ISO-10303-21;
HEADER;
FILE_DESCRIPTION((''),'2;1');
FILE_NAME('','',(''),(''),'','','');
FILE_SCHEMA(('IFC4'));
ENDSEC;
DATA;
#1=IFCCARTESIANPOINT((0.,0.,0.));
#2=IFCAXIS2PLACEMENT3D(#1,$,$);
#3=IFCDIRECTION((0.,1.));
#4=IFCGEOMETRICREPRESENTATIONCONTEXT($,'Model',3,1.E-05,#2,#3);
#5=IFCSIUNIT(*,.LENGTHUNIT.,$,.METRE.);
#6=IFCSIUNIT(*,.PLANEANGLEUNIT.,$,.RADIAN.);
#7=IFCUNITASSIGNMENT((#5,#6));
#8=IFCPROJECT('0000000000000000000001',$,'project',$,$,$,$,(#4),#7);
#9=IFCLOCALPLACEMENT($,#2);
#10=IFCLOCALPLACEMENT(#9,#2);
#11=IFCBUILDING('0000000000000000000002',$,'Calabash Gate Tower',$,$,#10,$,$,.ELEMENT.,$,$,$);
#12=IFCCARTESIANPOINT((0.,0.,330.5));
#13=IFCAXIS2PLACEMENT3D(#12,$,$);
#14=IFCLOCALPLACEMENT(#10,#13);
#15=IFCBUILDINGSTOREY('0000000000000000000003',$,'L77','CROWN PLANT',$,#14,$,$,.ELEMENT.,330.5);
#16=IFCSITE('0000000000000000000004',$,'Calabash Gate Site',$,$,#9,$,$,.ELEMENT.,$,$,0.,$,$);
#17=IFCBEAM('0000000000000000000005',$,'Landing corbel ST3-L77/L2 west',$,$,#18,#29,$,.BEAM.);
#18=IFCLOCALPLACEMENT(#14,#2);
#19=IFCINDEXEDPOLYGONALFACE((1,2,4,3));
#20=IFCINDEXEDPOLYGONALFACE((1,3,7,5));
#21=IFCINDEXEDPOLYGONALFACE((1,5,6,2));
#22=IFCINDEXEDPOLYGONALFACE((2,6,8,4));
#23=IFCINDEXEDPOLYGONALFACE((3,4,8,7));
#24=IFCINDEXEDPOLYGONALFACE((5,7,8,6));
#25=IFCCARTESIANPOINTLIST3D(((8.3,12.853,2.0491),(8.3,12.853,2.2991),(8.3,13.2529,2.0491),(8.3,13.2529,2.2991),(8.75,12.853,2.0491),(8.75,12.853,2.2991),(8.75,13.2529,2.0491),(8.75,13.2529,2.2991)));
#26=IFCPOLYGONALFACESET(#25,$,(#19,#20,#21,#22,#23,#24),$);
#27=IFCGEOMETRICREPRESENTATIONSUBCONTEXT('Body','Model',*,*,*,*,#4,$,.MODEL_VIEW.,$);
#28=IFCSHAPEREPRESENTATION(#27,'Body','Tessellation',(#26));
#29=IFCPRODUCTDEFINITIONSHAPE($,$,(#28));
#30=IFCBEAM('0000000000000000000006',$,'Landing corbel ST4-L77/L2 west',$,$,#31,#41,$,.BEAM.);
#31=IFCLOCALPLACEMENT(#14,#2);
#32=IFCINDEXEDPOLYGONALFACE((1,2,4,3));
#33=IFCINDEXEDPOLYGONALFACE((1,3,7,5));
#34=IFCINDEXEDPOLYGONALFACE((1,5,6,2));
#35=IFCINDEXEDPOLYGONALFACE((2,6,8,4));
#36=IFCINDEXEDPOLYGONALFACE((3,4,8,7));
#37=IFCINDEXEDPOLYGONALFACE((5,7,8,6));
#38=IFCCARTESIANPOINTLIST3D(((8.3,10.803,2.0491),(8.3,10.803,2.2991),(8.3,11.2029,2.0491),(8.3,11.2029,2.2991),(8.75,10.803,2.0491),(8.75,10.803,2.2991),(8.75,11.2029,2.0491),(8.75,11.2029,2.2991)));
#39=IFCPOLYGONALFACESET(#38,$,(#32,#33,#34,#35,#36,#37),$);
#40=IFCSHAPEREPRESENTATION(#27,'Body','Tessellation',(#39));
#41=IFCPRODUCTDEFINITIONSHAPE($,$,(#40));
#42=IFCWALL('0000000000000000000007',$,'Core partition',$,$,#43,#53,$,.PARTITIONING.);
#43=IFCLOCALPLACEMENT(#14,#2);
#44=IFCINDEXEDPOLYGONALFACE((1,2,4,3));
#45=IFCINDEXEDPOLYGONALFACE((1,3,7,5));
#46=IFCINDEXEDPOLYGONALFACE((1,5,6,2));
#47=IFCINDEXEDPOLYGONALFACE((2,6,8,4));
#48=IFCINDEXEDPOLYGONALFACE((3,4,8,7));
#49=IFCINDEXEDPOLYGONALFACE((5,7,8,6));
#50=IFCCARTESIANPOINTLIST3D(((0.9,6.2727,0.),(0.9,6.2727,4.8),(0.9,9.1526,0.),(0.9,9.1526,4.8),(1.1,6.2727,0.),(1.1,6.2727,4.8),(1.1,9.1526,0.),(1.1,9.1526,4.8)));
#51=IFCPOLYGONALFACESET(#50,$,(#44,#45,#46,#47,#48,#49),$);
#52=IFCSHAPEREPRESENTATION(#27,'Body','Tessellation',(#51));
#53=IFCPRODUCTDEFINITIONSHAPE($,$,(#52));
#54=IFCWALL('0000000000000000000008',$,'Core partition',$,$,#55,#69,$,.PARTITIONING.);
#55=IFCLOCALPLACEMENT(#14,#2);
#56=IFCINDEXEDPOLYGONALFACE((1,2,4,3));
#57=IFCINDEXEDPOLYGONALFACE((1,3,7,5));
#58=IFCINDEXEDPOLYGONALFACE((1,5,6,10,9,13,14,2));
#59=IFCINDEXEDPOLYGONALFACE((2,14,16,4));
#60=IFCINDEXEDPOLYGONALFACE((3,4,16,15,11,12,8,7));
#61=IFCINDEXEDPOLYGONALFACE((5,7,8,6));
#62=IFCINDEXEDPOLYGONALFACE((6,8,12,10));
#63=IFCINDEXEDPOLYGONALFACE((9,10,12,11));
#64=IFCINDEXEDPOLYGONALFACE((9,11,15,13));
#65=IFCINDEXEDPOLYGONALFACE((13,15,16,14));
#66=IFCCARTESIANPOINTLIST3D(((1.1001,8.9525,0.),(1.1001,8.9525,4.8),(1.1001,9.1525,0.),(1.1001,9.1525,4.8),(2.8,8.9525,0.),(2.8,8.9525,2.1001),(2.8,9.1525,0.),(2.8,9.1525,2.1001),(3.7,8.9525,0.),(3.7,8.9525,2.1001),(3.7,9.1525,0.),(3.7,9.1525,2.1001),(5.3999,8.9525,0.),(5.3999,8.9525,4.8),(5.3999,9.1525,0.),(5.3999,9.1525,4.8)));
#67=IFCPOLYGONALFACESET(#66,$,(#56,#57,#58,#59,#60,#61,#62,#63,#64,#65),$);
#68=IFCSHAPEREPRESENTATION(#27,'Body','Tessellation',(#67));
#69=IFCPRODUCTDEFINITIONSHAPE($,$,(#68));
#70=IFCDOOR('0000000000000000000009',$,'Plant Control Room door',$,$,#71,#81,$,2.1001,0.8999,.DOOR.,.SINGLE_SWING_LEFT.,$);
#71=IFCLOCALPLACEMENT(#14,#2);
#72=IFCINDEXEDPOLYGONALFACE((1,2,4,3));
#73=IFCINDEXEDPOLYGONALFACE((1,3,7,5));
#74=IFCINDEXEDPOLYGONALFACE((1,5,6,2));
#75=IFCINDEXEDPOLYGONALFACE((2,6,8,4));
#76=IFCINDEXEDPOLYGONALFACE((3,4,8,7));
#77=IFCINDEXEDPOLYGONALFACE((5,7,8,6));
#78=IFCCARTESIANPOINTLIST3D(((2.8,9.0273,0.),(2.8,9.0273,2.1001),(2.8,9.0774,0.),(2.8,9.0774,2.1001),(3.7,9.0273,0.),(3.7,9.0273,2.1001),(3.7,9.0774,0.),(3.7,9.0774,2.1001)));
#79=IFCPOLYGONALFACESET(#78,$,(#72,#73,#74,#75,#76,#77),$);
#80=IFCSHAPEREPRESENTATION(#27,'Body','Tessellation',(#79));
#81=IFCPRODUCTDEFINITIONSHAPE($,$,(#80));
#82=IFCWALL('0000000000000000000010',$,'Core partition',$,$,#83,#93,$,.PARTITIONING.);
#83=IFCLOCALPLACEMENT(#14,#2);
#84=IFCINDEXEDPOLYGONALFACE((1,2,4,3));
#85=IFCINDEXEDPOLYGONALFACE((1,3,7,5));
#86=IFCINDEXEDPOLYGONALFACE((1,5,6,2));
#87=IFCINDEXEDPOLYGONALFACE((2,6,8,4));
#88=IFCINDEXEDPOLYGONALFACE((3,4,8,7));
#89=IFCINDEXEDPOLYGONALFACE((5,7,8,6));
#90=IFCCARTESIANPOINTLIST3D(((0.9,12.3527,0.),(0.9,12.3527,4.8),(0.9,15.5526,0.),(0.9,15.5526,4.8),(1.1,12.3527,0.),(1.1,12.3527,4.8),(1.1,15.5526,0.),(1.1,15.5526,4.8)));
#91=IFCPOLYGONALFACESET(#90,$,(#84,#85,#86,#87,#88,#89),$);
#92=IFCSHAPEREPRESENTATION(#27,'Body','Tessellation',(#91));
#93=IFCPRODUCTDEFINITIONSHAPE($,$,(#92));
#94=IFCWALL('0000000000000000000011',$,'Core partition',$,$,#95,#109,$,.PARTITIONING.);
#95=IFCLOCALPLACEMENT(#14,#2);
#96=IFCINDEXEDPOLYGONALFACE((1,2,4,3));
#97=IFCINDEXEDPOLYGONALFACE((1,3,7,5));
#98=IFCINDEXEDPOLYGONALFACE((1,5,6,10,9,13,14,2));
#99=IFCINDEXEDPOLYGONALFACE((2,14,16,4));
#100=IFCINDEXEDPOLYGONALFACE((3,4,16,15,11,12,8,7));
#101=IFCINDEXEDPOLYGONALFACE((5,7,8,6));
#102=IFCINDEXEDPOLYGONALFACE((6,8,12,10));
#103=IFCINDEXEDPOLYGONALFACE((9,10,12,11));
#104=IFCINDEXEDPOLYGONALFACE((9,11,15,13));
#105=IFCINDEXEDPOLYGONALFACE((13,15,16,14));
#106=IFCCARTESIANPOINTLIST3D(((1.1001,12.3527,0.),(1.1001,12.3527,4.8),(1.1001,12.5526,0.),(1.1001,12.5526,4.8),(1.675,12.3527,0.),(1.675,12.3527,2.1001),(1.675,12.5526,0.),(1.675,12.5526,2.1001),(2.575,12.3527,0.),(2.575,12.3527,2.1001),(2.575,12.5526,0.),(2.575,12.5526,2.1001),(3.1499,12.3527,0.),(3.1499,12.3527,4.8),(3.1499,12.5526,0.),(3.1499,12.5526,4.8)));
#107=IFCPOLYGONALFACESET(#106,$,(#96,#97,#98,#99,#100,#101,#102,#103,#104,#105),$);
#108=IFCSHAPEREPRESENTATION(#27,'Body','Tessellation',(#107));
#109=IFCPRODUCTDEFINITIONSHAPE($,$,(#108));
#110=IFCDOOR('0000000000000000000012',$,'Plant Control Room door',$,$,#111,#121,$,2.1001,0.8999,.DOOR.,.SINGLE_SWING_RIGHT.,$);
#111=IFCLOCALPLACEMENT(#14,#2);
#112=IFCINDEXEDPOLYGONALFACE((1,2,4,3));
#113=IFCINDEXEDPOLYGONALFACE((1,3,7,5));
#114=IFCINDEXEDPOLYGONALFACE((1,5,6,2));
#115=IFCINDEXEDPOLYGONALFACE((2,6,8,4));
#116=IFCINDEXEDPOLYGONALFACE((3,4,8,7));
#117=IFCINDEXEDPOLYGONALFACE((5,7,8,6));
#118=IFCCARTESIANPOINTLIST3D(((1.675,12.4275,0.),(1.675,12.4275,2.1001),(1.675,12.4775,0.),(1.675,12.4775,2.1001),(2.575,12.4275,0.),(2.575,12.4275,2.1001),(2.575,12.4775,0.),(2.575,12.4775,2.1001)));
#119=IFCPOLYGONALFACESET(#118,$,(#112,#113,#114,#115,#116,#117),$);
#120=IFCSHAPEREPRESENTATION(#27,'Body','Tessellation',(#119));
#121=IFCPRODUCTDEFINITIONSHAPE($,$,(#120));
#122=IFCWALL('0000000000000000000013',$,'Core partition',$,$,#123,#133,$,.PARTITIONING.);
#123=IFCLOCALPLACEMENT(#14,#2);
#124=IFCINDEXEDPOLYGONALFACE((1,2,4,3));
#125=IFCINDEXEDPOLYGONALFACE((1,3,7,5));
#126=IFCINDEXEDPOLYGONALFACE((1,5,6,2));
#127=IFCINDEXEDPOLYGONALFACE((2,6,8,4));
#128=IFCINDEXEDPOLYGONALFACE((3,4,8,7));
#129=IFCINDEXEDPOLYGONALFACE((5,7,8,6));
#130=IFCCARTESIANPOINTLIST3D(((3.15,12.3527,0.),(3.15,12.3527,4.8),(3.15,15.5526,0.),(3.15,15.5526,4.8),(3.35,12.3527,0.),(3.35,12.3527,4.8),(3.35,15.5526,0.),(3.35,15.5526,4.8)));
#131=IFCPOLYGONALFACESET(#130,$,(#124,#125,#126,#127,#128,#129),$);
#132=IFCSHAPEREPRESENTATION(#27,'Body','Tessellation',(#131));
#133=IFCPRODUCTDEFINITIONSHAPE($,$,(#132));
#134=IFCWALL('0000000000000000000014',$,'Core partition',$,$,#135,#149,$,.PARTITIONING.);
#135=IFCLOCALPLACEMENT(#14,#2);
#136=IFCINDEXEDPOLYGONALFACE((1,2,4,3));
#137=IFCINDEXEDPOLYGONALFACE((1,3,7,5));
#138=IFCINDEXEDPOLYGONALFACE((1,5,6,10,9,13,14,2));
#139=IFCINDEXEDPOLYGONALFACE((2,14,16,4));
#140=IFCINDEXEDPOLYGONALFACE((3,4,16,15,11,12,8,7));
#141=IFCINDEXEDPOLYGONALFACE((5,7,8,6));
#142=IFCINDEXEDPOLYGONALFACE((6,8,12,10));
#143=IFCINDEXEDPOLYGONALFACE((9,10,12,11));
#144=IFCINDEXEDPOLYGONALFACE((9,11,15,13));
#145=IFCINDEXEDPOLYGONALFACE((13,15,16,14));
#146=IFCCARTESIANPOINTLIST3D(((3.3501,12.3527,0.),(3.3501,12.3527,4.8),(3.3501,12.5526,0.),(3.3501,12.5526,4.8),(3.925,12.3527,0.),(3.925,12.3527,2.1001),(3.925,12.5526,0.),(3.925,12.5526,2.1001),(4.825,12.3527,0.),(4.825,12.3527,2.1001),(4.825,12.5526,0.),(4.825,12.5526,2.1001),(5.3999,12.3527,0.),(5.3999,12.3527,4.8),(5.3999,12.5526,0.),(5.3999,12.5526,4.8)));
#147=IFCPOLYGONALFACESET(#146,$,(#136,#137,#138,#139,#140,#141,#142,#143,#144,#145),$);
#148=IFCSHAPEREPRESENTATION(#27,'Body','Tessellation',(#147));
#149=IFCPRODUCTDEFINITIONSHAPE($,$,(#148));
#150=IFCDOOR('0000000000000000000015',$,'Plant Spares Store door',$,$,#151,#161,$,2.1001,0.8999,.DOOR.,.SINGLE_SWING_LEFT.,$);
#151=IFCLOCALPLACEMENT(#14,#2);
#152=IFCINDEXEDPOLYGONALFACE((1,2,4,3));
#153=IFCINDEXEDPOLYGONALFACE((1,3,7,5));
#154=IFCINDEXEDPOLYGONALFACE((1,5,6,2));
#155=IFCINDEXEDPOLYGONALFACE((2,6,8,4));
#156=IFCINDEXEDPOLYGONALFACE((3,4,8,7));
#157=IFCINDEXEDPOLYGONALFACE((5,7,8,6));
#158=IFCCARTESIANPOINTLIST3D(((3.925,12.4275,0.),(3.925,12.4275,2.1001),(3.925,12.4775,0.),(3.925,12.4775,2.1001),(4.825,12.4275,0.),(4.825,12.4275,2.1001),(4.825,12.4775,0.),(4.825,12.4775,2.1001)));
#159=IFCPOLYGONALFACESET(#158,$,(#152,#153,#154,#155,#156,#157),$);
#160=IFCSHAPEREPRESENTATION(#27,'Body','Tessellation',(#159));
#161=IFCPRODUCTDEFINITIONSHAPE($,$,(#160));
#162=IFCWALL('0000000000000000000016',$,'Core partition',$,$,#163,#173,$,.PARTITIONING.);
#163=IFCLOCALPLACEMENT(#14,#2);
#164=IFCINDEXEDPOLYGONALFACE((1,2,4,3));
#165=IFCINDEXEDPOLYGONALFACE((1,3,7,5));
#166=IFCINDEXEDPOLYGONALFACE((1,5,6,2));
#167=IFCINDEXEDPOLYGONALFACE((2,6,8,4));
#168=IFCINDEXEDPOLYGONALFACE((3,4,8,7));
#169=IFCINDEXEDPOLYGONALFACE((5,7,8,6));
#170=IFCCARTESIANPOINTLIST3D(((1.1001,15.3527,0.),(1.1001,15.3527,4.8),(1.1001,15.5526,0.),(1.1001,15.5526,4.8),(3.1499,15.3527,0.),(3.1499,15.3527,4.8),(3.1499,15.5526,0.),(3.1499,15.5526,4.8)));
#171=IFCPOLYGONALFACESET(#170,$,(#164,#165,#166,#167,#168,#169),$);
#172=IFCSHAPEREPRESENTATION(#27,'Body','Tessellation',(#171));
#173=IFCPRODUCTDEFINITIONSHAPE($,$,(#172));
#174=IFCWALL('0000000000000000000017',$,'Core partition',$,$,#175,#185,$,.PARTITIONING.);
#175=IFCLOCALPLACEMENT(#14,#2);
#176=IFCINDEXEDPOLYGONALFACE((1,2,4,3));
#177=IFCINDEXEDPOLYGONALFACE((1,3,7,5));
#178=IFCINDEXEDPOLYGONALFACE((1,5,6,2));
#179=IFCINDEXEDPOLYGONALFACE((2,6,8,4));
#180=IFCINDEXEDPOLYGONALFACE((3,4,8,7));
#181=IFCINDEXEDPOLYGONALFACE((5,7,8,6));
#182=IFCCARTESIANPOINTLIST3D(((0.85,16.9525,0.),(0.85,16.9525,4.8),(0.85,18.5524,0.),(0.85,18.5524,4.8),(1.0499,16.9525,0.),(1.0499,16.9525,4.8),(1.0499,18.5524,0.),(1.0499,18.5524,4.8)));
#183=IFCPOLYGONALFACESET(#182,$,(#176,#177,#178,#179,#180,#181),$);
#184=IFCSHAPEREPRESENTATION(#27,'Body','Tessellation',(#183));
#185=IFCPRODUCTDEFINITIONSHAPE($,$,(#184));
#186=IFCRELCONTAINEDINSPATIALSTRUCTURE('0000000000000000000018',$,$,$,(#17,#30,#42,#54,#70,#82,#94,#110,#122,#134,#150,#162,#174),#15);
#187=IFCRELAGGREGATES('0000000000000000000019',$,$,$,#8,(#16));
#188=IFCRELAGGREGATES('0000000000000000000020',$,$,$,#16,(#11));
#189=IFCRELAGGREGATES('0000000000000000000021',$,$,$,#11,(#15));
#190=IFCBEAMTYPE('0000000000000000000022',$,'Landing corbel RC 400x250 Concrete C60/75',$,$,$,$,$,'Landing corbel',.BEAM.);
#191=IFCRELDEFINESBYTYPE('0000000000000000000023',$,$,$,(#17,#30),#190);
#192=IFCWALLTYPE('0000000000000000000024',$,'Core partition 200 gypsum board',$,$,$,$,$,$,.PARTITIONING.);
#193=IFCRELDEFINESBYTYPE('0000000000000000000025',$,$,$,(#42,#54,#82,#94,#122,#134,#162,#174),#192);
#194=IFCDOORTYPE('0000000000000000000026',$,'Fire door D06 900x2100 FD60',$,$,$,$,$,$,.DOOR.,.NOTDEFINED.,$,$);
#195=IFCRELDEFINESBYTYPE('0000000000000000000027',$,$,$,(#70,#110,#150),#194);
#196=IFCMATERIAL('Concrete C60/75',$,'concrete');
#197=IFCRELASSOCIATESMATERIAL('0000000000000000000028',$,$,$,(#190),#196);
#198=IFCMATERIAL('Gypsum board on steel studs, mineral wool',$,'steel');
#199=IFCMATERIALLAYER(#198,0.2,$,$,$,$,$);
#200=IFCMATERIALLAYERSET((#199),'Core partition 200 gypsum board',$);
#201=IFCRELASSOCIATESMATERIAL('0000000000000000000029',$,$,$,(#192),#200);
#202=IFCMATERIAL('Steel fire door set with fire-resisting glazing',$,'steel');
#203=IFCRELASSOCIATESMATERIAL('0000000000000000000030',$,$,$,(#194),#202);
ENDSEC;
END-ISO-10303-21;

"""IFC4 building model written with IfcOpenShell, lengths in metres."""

from ifc_helpers import new_model, si_unit, direction, frame, frame_2d, origin, origin_2d, place, context, subcontext, project, spatial, rectangle, extrude, material, layer, layer_set, material_profile, profile_set, type_object, element, fill, save


model = new_model("IFC4")

# Units and contexts
model_context = context("Model", 3, precision=1e-05, world=origin(), true_north=direction((0.0, 1.0)))
body_context = subcontext(model_context, "Body", "Model", "MODEL_VIEW")
ifc_project = project(units=[si_unit("LENGTHUNIT", "METRE"), si_unit("PLANEANGLEUNIT", "RADIAN")], contexts=[model_context])

# Site, building, storey
site_placement = place(None, origin())
site = spatial("IfcSite", under=ifc_project, at=site_placement, Name="Calabash Gate Site", CompositionType="ELEMENT", RefElevation=0.0)
building_placement = place(site_placement, origin())
building = spatial("IfcBuilding", under=site, at=building_placement, Name="Calabash Gate Tower", CompositionType="ELEMENT")
storey_placement = place(building_placement, frame((0.0, 0.0, 330.5)))
storey = spatial("IfcBuildingStorey", under=building, at=storey_placement, Name="L77", Description="CROWN PLANT", CompositionType="ELEMENT", Elevation=330.5)

# Beams
ifc_material_1 = material(Name="Concrete C60/75", Category="concrete")
ifc_material_profile = material_profile(ifc_material_1, rectangle(XDim=0.3999, YDim=0.25, at=origin_2d()))
ifc_profile_set = profile_set([ifc_material_profile], Name="Concrete C60/75")
beam_type = type_object("IfcBeamType", Name="Landing corbel RC 400x250 Concrete C60/75", ElementType="Landing corbel", PredefinedType="BEAM", material=ifc_profile_set)
for number, where, z_axis, x_axis, name in (
    (1, (8.3, 13.053, 2.1741), (1.0, 0.0, 0.0), (0.0, 1.0, 0.0), "Landing corbel ST3-L77/L2 west"),
    (2, (8.3, 11.0029, 2.1741), (1.0, 0.0, 0.0), (0.0, 1.0, 0.0), "Landing corbel ST4-L77/L2 west"),
):
    element("IfcBeam", number, at=place(storey_placement, frame(where, z_axis=z_axis, x_axis=x_axis)), inside=storey, type_object=beam_type, Name=name, PredefinedType="BEAM", context=body_context, shape_type="SweptSolid", body=[
        extrude(rectangle(XDim=0.3999, YDim=0.25, at=origin_2d()), origin(), (0.0, 0.0, 1.0), 0.45),
    ])

# Wall
ifc_material_2 = material(Name="Gypsum board on steel studs, mineral wool", Category="steel")
ifc_layer_1 = layer(ifc_material_2, 0.2)
ifc_layer_set_1 = layer_set([ifc_layer_1], Name="Core partition 200 gypsum board")
wall_type_1 = type_object("IfcWallType", Name="Core partition 200 gypsum board", PredefinedType="PARTITIONING", material=ifc_layer_set_1)
wall_1_placement = place(storey_placement, frame((1.0, 6.2727, 0.0), z_axis=(0.0, 0.0, 1.0), x_axis=(0.0, 1.0, 0.0)))
element("IfcWall", 3, at=wall_1_placement, inside=storey, type_object=wall_type_1, Name="Core partition", PredefinedType="PARTITIONING", context=body_context, shape_type="SweptSolid", body=[
    extrude(rectangle(XDim=2.8799, YDim=0.2, at=frame_2d((1.4399, 0.0))), origin(), (0.0, 0.0, 1.0), 4.8),
])

# Wall, opening, door
wall_2_placement = place(storey_placement, frame((1.1001, 9.0525, 0.0), z_axis=(0.0, 0.0, 1.0), x_axis=(1.0, 0.0, 0.0)))
wall_2 = element("IfcWall", 4, at=wall_2_placement, inside=storey, type_object=wall_type_1, Name="Core partition", PredefinedType="PARTITIONING", context=body_context, shape_type="SweptSolid", body=[
    extrude(rectangle(XDim=4.2998, YDim=0.2, at=frame_2d((2.1499, 0.0))), origin(), (0.0, 0.0, 1.0), 4.8),
])
opening_1_placement = place(wall_2_placement, frame((1.7, 0.0, 0.0)))
opening_1 = element("IfcOpeningElement", 5, at=opening_1_placement, cuts=wall_2, PredefinedType="OPENING", context=body_context, shape_type="SweptSolid", body=[
    extrude(rectangle(XDim=0.8999, YDim=2.1001, at=frame_2d((0.45, 1.05))), frame((0.0, 0.1099, 0.0), z_axis=(0.0, -1.0, 0.0), x_axis=(1.0, 0.0, 0.0)), (0.0, 0.0, 1.0), 0.22),
])
ifc_material_3 = material(Name="Steel fire door set with fire-resisting glazing", Category="steel")
door_type_1 = type_object("IfcDoorType", Name="Fire door D06 900x2100 FD60", OperationType="NOTDEFINED", PredefinedType="DOOR", material=ifc_material_3)
door_1_placement = place(opening_1_placement, origin())
door_1 = element("IfcDoor", 6, at=door_1_placement, inside=storey, type_object=door_type_1, Name="Plant Control Room door", OperationType="SINGLE_SWING_LEFT", OverallHeight=2.1001, OverallWidth=0.8999, PredefinedType="DOOR", context=body_context, shape_type="SweptSolid", body=[
    extrude(rectangle(XDim=0.8999, YDim=2.1001, at=frame_2d((0.45, 1.05))), frame((0.0, 0.0249, 0.0), z_axis=(0.0, -1.0, 0.0), x_axis=(1.0, 0.0, 0.0)), (0.0, 0.0, 1.0), 0.05),
])
fill(opening_1, door_1)

# Wall
wall_3_placement = place(storey_placement, frame((1.0, 12.3525, 0.0), z_axis=(0.0, 0.0, 1.0), x_axis=(0.0, 1.0, 0.0)))
element("IfcWall", 7, at=wall_3_placement, inside=storey, type_object=wall_type_1, Name="Core partition", PredefinedType="PARTITIONING", context=body_context, shape_type="SweptSolid", body=[
    extrude(rectangle(XDim=3.2, YDim=0.2, at=frame_2d((1.6001, 0.0))), origin(), (0.0, 0.0, 1.0), 4.8),
])

# Wall, opening, door
wall_4_placement = place(storey_placement, frame((1.1001, 12.4526, 0.0), z_axis=(0.0, 0.0, 1.0), x_axis=(1.0, 0.0, 0.0)))
wall_4 = element("IfcWall", 8, at=wall_4_placement, inside=storey, type_object=wall_type_1, Name="Core partition", PredefinedType="PARTITIONING", context=body_context, shape_type="SweptSolid", body=[
    extrude(rectangle(XDim=2.0498, YDim=0.2, at=frame_2d((1.0249, 0.0))), origin(), (0.0, 0.0, 1.0), 4.8),
])
opening_2_placement = place(wall_4_placement, frame((0.575, 0.0, 0.0)))
opening_2 = element("IfcOpeningElement", 9, at=opening_2_placement, cuts=wall_4, PredefinedType="OPENING", context=body_context, shape_type="SweptSolid", body=[
    extrude(rectangle(XDim=0.8999, YDim=2.1001, at=frame_2d((0.45, 1.05))), frame((0.0, 0.1099, 0.0), z_axis=(0.0, -1.0, 0.0), x_axis=(1.0, 0.0, 0.0)), (0.0, 0.0, 1.0), 0.22),
])
door_2_placement = place(opening_2_placement, origin())
door_2 = element("IfcDoor", 10, at=door_2_placement, inside=storey, type_object=door_type_1, Name="Plant Control Room door", OperationType="SINGLE_SWING_RIGHT", OverallHeight=2.1001, OverallWidth=0.8999, PredefinedType="DOOR", context=body_context, shape_type="SweptSolid", body=[
    extrude(rectangle(XDim=0.8999, YDim=2.1001, at=frame_2d((0.45, 1.05))), frame((0.0, 0.0249, 0.0), z_axis=(0.0, -1.0, 0.0), x_axis=(1.0, 0.0, 0.0)), (0.0, 0.0, 1.0), 0.05),
])
fill(opening_2, door_2)

# Wall
wall_5_placement = place(storey_placement, frame((3.25, 12.3525, 0.0), z_axis=(0.0, 0.0, 1.0), x_axis=(0.0, 1.0, 0.0)))
element("IfcWall", 11, at=wall_5_placement, inside=storey, type_object=wall_type_1, Name="Core partition", PredefinedType="PARTITIONING", context=body_context, shape_type="SweptSolid", body=[
    extrude(rectangle(XDim=3.2, YDim=0.2, at=frame_2d((1.6001, 0.0))), origin(), (0.0, 0.0, 1.0), 4.8),
])

# Wall, opening, door
wall_6_placement = place(storey_placement, frame((3.3501, 12.4526, 0.0), z_axis=(0.0, 0.0, 1.0), x_axis=(1.0, 0.0, 0.0)))
wall_6 = element("IfcWall", 12, at=wall_6_placement, inside=storey, type_object=wall_type_1, Name="Core partition", PredefinedType="PARTITIONING", context=body_context, shape_type="SweptSolid", body=[
    extrude(rectangle(XDim=2.0498, YDim=0.2, at=frame_2d((1.0249, 0.0))), origin(), (0.0, 0.0, 1.0), 4.8),
])
opening_3_placement = place(wall_6_placement, frame((0.575, 0.0, 0.0)))
opening_3 = element("IfcOpeningElement", 13, at=opening_3_placement, cuts=wall_6, PredefinedType="OPENING", context=body_context, shape_type="SweptSolid", body=[
    extrude(rectangle(XDim=0.8999, YDim=2.1001, at=frame_2d((0.45, 1.05))), frame((0.0, 0.1099, 0.0), z_axis=(0.0, -1.0, 0.0), x_axis=(1.0, 0.0, 0.0)), (0.0, 0.0, 1.0), 0.22),
])
door_3_placement = place(opening_3_placement, origin())
door_3 = element("IfcDoor", 14, at=door_3_placement, inside=storey, type_object=door_type_1, Name="Plant Spares Store door", OperationType="SINGLE_SWING_LEFT", OverallHeight=2.1001, OverallWidth=0.8999, PredefinedType="DOOR", context=body_context, shape_type="SweptSolid", body=[
    extrude(rectangle(XDim=0.8999, YDim=2.1001, at=frame_2d((0.45, 1.05))), frame((0.0, 0.0249, 0.0), z_axis=(0.0, -1.0, 0.0), x_axis=(1.0, 0.0, 0.0)), (0.0, 0.0, 1.0), 0.05),
])
fill(opening_3, door_3)

# Walls
wall_7_placement = place(storey_placement, frame((1.1001, 15.4526, 0.0), z_axis=(0.0, 0.0, 1.0), x_axis=(1.0, 0.0, 0.0)))
element("IfcWall", 15, at=wall_7_placement, inside=storey, type_object=wall_type_1, Name="Core partition", PredefinedType="PARTITIONING", context=body_context, shape_type="SweptSolid", body=[
    extrude(rectangle(XDim=2.0498, YDim=0.2, at=frame_2d((1.0249, 0.0))), origin(), (0.0, 0.0, 1.0), 4.8),
])
for number, where, z_axis, x_axis, name in (
    (16, (0.95, 16.9526, 0.0), (0.0, 0.0, 1.0), (0.0, 1.0, 0.0), "Core partition"),
):
    element("IfcWall", number, at=place(storey_placement, frame(where, z_axis=z_axis, x_axis=x_axis)), inside=storey, type_object=wall_type_1, Name=name, PredefinedType="PARTITIONING", context=body_context, shape_type="SweptSolid", body=[
        extrude(rectangle(XDim=1.5999, YDim=0.2, at=frame_2d((0.7998, 0.0))), origin(), (0.0, 0.0, 1.0), 4.8),
    ])

save(model, "model.ifc")
